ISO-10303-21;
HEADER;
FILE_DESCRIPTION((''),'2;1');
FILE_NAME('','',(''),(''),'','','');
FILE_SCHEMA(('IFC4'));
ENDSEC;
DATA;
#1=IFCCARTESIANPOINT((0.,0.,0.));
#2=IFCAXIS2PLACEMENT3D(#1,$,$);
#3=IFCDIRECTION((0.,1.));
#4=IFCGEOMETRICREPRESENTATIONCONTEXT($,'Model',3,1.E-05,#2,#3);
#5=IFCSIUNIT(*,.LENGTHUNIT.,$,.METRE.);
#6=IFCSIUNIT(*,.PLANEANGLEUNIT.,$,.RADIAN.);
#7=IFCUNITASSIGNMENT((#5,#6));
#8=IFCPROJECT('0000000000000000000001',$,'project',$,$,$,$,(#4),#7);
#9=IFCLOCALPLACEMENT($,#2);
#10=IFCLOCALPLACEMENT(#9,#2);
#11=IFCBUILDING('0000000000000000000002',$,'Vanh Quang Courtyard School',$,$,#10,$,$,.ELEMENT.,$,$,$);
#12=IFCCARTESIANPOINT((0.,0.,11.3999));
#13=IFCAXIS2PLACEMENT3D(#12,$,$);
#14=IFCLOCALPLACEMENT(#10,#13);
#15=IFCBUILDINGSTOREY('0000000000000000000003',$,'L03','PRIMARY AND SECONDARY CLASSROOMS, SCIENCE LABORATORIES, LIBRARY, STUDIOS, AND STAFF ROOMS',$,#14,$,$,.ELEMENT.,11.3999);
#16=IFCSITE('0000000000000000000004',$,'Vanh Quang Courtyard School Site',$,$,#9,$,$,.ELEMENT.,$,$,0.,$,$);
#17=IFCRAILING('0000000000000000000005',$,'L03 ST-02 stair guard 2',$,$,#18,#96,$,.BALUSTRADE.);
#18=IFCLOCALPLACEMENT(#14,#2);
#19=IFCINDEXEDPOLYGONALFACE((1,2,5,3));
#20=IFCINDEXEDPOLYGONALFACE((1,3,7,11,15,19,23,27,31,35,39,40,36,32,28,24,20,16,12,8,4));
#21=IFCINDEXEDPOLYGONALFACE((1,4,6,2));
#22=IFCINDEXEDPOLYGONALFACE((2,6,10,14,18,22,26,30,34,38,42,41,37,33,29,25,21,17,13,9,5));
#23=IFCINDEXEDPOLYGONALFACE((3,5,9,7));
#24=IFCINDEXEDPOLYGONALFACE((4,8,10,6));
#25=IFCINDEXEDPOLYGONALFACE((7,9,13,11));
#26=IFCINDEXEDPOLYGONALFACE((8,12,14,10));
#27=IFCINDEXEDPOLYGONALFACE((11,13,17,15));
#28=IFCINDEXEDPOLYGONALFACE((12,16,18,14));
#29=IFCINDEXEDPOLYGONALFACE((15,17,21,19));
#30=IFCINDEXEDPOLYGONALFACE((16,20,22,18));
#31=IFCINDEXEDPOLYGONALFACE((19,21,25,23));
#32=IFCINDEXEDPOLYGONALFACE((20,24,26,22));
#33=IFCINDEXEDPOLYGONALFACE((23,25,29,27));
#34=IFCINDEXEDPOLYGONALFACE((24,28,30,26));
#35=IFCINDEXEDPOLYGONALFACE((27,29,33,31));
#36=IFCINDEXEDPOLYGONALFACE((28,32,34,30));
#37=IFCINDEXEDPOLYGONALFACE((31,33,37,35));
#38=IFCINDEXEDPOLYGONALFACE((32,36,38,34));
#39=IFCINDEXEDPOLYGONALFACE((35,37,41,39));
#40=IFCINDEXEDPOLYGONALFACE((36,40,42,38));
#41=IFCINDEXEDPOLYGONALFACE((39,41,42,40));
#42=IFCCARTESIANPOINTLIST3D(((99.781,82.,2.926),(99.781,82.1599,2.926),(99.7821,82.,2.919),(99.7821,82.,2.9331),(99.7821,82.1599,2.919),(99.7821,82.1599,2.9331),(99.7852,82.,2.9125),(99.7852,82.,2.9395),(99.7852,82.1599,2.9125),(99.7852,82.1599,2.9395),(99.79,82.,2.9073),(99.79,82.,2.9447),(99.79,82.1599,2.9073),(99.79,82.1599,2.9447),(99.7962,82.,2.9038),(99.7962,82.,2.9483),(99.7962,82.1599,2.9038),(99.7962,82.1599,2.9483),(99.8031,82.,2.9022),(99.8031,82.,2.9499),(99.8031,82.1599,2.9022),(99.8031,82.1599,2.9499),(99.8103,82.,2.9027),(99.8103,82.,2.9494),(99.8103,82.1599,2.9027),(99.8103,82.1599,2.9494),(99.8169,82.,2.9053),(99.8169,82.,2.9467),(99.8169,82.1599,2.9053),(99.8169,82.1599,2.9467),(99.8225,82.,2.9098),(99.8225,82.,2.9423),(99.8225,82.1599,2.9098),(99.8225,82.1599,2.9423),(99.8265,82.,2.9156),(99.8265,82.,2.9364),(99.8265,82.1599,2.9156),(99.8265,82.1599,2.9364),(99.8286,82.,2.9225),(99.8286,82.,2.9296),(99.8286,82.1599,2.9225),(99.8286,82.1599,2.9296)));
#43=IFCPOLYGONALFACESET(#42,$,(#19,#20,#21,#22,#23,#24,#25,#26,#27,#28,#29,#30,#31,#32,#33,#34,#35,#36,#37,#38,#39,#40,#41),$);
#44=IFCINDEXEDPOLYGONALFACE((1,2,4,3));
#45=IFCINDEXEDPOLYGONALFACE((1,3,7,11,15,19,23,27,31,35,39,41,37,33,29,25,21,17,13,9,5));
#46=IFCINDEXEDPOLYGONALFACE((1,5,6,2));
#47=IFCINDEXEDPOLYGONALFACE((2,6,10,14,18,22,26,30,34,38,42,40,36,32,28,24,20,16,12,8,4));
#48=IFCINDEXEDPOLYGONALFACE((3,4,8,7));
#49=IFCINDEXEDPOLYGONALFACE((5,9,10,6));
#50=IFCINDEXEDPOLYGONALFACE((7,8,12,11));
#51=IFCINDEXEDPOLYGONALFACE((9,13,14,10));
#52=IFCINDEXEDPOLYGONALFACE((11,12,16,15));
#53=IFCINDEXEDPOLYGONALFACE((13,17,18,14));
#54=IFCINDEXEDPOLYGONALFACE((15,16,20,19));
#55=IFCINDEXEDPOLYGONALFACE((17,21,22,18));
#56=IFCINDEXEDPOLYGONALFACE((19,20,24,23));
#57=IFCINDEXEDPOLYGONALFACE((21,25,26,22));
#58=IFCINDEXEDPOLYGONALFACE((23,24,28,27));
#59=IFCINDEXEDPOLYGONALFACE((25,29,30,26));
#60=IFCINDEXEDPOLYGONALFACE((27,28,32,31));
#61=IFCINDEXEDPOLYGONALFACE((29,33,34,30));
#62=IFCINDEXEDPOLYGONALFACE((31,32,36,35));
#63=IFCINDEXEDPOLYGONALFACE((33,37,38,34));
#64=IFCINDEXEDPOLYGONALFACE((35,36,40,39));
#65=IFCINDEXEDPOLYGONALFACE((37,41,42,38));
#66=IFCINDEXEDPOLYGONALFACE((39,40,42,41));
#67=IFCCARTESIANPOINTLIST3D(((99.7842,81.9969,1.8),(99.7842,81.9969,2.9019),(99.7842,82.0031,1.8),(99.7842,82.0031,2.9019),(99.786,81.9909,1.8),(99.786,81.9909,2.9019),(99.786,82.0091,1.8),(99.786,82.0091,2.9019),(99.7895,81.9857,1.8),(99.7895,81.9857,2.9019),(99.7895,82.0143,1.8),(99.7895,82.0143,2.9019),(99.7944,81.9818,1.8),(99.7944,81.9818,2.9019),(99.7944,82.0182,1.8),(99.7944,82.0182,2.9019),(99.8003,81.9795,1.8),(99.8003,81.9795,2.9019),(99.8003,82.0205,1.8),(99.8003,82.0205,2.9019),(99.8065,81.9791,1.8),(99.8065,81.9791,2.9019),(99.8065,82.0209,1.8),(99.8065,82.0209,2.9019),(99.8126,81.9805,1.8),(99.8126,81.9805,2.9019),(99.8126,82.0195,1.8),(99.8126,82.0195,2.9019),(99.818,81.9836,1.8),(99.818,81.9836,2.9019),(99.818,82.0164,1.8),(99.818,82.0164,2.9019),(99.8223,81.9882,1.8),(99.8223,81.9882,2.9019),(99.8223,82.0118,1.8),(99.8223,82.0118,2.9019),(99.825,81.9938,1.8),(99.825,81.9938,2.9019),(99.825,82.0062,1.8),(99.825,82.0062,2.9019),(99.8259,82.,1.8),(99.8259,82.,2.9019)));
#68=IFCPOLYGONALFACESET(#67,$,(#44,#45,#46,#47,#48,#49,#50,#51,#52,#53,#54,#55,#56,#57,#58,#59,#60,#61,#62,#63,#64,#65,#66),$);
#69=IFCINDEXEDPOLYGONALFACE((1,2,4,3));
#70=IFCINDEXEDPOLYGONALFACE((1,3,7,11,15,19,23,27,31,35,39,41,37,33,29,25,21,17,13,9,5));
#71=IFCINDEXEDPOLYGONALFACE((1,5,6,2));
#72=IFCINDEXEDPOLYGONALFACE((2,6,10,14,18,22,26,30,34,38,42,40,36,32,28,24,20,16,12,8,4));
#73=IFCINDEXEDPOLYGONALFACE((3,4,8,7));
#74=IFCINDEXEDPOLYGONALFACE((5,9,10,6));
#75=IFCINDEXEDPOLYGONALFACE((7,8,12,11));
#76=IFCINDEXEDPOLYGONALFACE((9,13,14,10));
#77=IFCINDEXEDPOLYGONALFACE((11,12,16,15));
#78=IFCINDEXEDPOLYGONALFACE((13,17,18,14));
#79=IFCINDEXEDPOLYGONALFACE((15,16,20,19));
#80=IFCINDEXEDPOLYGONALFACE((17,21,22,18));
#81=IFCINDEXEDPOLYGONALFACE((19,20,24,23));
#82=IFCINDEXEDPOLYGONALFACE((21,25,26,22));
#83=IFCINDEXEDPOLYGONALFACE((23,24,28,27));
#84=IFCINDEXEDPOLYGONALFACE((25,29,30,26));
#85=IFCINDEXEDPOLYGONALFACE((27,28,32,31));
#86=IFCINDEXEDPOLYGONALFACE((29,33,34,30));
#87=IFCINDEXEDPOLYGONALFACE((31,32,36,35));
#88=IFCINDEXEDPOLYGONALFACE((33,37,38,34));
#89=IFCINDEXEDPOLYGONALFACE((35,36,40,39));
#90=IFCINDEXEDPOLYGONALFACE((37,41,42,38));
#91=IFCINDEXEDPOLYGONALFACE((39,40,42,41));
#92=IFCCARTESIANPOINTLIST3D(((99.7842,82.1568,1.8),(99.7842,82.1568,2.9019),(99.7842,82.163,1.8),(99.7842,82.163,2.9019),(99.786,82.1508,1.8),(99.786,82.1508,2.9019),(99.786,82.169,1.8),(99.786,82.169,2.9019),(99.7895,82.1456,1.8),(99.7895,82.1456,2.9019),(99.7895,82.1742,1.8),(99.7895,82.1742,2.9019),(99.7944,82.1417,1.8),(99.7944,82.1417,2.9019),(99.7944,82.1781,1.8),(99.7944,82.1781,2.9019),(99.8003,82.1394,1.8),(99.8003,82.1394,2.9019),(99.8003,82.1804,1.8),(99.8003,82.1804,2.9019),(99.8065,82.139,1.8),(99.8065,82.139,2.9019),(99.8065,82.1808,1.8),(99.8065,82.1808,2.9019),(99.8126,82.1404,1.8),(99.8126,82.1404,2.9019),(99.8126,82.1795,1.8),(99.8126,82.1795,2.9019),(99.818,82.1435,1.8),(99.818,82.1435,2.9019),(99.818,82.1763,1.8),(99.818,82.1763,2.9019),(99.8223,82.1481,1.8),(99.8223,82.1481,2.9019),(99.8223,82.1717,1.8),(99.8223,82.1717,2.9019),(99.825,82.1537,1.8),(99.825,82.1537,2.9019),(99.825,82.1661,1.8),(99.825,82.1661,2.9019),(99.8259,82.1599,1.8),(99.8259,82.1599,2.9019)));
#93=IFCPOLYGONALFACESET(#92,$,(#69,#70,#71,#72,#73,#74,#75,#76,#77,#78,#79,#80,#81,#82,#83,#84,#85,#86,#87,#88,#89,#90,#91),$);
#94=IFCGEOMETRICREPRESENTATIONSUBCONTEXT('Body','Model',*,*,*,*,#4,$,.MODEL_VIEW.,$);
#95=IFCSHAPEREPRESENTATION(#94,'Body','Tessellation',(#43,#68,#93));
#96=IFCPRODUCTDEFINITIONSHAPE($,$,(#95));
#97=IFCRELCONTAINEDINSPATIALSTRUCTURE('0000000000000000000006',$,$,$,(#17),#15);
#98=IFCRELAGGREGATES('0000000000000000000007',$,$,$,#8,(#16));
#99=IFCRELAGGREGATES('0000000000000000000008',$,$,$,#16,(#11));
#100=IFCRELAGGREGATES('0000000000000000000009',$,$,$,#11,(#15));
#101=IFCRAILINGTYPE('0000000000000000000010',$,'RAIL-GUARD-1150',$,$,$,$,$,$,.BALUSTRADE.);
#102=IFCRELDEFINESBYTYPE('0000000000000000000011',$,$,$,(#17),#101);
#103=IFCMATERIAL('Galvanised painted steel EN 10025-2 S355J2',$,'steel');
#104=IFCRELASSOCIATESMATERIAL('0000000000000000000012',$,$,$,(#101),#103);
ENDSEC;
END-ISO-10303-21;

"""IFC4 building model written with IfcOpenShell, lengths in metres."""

from ifc_helpers import new_model, si_unit, direction, frame, origin, origin_2d, place, context, subcontext, project, spatial, circle, extrude, material, type_object, element, save


model = new_model("IFC4")

# Units and contexts
model_context = context("Model", 3, precision=1e-05, world=origin(), true_north=direction((0.0, 1.0)))
body_context = subcontext(model_context, "Body", "Model", "MODEL_VIEW")
ifc_project = project(units=[si_unit("LENGTHUNIT", "METRE"), si_unit("PLANEANGLEUNIT", "RADIAN")], contexts=[model_context])

# Site, building, storey
site_placement = place(None, origin())
site = spatial("IfcSite", under=ifc_project, at=site_placement, Name="Vanh Quang Courtyard School Site", CompositionType="ELEMENT", RefElevation=0.0)
building_placement = place(site_placement, origin())
building = spatial("IfcBuilding", under=site, at=building_placement, Name="Vanh Quang Courtyard School", CompositionType="ELEMENT")
storey_placement = place(building_placement, frame((0.0, 0.0, 11.3999)))
storey = spatial("IfcBuildingStorey", under=building, at=storey_placement, Name="L03", Description="PRIMARY AND SECONDARY CLASSROOMS, SCIENCE LABORATORIES, LIBRARY, STUDIOS, AND STAFF ROOMS", CompositionType="ELEMENT", Elevation=11.3999)

# Railing
ifc_material_1 = material(Name="Galvanised painted steel EN 10025-2 S355J2", Category="steel")
railing_type_1 = type_object("IfcRailingType", Name="RAIL-GUARD-1150", PredefinedType="BALUSTRADE", material=ifc_material_1)
railing_1_placement = place(storey_placement, frame((99.8049, 82.0, 1.8)))
element("IfcRailing", 1, at=railing_1_placement, inside=storey, type_object=railing_type_1, Name="L03 ST-02 stair guard 2", PredefinedType="BALUSTRADE", context=body_context, shape_type="SweptSolid", body=[
    extrude(circle(Radius=0.0239, at=origin_2d()), frame((0.0, 0.0, 1.126), z_axis=(0.0, 1.0, 0.0), x_axis=(-1.0, 0.0, 0.0)), (0.0, 0.0, 1.0), 0.1599),
    extrude(circle(Radius=0.021, at=origin_2d()), origin(), (0.0, 0.0, 1.0), 1.1018),
    extrude(circle(Radius=0.021, at=origin_2d()), frame((0.0, 0.1599, 0.0)), (0.0, 0.0, 1.0), 1.1018),
])

save(model, "model.ifc")
